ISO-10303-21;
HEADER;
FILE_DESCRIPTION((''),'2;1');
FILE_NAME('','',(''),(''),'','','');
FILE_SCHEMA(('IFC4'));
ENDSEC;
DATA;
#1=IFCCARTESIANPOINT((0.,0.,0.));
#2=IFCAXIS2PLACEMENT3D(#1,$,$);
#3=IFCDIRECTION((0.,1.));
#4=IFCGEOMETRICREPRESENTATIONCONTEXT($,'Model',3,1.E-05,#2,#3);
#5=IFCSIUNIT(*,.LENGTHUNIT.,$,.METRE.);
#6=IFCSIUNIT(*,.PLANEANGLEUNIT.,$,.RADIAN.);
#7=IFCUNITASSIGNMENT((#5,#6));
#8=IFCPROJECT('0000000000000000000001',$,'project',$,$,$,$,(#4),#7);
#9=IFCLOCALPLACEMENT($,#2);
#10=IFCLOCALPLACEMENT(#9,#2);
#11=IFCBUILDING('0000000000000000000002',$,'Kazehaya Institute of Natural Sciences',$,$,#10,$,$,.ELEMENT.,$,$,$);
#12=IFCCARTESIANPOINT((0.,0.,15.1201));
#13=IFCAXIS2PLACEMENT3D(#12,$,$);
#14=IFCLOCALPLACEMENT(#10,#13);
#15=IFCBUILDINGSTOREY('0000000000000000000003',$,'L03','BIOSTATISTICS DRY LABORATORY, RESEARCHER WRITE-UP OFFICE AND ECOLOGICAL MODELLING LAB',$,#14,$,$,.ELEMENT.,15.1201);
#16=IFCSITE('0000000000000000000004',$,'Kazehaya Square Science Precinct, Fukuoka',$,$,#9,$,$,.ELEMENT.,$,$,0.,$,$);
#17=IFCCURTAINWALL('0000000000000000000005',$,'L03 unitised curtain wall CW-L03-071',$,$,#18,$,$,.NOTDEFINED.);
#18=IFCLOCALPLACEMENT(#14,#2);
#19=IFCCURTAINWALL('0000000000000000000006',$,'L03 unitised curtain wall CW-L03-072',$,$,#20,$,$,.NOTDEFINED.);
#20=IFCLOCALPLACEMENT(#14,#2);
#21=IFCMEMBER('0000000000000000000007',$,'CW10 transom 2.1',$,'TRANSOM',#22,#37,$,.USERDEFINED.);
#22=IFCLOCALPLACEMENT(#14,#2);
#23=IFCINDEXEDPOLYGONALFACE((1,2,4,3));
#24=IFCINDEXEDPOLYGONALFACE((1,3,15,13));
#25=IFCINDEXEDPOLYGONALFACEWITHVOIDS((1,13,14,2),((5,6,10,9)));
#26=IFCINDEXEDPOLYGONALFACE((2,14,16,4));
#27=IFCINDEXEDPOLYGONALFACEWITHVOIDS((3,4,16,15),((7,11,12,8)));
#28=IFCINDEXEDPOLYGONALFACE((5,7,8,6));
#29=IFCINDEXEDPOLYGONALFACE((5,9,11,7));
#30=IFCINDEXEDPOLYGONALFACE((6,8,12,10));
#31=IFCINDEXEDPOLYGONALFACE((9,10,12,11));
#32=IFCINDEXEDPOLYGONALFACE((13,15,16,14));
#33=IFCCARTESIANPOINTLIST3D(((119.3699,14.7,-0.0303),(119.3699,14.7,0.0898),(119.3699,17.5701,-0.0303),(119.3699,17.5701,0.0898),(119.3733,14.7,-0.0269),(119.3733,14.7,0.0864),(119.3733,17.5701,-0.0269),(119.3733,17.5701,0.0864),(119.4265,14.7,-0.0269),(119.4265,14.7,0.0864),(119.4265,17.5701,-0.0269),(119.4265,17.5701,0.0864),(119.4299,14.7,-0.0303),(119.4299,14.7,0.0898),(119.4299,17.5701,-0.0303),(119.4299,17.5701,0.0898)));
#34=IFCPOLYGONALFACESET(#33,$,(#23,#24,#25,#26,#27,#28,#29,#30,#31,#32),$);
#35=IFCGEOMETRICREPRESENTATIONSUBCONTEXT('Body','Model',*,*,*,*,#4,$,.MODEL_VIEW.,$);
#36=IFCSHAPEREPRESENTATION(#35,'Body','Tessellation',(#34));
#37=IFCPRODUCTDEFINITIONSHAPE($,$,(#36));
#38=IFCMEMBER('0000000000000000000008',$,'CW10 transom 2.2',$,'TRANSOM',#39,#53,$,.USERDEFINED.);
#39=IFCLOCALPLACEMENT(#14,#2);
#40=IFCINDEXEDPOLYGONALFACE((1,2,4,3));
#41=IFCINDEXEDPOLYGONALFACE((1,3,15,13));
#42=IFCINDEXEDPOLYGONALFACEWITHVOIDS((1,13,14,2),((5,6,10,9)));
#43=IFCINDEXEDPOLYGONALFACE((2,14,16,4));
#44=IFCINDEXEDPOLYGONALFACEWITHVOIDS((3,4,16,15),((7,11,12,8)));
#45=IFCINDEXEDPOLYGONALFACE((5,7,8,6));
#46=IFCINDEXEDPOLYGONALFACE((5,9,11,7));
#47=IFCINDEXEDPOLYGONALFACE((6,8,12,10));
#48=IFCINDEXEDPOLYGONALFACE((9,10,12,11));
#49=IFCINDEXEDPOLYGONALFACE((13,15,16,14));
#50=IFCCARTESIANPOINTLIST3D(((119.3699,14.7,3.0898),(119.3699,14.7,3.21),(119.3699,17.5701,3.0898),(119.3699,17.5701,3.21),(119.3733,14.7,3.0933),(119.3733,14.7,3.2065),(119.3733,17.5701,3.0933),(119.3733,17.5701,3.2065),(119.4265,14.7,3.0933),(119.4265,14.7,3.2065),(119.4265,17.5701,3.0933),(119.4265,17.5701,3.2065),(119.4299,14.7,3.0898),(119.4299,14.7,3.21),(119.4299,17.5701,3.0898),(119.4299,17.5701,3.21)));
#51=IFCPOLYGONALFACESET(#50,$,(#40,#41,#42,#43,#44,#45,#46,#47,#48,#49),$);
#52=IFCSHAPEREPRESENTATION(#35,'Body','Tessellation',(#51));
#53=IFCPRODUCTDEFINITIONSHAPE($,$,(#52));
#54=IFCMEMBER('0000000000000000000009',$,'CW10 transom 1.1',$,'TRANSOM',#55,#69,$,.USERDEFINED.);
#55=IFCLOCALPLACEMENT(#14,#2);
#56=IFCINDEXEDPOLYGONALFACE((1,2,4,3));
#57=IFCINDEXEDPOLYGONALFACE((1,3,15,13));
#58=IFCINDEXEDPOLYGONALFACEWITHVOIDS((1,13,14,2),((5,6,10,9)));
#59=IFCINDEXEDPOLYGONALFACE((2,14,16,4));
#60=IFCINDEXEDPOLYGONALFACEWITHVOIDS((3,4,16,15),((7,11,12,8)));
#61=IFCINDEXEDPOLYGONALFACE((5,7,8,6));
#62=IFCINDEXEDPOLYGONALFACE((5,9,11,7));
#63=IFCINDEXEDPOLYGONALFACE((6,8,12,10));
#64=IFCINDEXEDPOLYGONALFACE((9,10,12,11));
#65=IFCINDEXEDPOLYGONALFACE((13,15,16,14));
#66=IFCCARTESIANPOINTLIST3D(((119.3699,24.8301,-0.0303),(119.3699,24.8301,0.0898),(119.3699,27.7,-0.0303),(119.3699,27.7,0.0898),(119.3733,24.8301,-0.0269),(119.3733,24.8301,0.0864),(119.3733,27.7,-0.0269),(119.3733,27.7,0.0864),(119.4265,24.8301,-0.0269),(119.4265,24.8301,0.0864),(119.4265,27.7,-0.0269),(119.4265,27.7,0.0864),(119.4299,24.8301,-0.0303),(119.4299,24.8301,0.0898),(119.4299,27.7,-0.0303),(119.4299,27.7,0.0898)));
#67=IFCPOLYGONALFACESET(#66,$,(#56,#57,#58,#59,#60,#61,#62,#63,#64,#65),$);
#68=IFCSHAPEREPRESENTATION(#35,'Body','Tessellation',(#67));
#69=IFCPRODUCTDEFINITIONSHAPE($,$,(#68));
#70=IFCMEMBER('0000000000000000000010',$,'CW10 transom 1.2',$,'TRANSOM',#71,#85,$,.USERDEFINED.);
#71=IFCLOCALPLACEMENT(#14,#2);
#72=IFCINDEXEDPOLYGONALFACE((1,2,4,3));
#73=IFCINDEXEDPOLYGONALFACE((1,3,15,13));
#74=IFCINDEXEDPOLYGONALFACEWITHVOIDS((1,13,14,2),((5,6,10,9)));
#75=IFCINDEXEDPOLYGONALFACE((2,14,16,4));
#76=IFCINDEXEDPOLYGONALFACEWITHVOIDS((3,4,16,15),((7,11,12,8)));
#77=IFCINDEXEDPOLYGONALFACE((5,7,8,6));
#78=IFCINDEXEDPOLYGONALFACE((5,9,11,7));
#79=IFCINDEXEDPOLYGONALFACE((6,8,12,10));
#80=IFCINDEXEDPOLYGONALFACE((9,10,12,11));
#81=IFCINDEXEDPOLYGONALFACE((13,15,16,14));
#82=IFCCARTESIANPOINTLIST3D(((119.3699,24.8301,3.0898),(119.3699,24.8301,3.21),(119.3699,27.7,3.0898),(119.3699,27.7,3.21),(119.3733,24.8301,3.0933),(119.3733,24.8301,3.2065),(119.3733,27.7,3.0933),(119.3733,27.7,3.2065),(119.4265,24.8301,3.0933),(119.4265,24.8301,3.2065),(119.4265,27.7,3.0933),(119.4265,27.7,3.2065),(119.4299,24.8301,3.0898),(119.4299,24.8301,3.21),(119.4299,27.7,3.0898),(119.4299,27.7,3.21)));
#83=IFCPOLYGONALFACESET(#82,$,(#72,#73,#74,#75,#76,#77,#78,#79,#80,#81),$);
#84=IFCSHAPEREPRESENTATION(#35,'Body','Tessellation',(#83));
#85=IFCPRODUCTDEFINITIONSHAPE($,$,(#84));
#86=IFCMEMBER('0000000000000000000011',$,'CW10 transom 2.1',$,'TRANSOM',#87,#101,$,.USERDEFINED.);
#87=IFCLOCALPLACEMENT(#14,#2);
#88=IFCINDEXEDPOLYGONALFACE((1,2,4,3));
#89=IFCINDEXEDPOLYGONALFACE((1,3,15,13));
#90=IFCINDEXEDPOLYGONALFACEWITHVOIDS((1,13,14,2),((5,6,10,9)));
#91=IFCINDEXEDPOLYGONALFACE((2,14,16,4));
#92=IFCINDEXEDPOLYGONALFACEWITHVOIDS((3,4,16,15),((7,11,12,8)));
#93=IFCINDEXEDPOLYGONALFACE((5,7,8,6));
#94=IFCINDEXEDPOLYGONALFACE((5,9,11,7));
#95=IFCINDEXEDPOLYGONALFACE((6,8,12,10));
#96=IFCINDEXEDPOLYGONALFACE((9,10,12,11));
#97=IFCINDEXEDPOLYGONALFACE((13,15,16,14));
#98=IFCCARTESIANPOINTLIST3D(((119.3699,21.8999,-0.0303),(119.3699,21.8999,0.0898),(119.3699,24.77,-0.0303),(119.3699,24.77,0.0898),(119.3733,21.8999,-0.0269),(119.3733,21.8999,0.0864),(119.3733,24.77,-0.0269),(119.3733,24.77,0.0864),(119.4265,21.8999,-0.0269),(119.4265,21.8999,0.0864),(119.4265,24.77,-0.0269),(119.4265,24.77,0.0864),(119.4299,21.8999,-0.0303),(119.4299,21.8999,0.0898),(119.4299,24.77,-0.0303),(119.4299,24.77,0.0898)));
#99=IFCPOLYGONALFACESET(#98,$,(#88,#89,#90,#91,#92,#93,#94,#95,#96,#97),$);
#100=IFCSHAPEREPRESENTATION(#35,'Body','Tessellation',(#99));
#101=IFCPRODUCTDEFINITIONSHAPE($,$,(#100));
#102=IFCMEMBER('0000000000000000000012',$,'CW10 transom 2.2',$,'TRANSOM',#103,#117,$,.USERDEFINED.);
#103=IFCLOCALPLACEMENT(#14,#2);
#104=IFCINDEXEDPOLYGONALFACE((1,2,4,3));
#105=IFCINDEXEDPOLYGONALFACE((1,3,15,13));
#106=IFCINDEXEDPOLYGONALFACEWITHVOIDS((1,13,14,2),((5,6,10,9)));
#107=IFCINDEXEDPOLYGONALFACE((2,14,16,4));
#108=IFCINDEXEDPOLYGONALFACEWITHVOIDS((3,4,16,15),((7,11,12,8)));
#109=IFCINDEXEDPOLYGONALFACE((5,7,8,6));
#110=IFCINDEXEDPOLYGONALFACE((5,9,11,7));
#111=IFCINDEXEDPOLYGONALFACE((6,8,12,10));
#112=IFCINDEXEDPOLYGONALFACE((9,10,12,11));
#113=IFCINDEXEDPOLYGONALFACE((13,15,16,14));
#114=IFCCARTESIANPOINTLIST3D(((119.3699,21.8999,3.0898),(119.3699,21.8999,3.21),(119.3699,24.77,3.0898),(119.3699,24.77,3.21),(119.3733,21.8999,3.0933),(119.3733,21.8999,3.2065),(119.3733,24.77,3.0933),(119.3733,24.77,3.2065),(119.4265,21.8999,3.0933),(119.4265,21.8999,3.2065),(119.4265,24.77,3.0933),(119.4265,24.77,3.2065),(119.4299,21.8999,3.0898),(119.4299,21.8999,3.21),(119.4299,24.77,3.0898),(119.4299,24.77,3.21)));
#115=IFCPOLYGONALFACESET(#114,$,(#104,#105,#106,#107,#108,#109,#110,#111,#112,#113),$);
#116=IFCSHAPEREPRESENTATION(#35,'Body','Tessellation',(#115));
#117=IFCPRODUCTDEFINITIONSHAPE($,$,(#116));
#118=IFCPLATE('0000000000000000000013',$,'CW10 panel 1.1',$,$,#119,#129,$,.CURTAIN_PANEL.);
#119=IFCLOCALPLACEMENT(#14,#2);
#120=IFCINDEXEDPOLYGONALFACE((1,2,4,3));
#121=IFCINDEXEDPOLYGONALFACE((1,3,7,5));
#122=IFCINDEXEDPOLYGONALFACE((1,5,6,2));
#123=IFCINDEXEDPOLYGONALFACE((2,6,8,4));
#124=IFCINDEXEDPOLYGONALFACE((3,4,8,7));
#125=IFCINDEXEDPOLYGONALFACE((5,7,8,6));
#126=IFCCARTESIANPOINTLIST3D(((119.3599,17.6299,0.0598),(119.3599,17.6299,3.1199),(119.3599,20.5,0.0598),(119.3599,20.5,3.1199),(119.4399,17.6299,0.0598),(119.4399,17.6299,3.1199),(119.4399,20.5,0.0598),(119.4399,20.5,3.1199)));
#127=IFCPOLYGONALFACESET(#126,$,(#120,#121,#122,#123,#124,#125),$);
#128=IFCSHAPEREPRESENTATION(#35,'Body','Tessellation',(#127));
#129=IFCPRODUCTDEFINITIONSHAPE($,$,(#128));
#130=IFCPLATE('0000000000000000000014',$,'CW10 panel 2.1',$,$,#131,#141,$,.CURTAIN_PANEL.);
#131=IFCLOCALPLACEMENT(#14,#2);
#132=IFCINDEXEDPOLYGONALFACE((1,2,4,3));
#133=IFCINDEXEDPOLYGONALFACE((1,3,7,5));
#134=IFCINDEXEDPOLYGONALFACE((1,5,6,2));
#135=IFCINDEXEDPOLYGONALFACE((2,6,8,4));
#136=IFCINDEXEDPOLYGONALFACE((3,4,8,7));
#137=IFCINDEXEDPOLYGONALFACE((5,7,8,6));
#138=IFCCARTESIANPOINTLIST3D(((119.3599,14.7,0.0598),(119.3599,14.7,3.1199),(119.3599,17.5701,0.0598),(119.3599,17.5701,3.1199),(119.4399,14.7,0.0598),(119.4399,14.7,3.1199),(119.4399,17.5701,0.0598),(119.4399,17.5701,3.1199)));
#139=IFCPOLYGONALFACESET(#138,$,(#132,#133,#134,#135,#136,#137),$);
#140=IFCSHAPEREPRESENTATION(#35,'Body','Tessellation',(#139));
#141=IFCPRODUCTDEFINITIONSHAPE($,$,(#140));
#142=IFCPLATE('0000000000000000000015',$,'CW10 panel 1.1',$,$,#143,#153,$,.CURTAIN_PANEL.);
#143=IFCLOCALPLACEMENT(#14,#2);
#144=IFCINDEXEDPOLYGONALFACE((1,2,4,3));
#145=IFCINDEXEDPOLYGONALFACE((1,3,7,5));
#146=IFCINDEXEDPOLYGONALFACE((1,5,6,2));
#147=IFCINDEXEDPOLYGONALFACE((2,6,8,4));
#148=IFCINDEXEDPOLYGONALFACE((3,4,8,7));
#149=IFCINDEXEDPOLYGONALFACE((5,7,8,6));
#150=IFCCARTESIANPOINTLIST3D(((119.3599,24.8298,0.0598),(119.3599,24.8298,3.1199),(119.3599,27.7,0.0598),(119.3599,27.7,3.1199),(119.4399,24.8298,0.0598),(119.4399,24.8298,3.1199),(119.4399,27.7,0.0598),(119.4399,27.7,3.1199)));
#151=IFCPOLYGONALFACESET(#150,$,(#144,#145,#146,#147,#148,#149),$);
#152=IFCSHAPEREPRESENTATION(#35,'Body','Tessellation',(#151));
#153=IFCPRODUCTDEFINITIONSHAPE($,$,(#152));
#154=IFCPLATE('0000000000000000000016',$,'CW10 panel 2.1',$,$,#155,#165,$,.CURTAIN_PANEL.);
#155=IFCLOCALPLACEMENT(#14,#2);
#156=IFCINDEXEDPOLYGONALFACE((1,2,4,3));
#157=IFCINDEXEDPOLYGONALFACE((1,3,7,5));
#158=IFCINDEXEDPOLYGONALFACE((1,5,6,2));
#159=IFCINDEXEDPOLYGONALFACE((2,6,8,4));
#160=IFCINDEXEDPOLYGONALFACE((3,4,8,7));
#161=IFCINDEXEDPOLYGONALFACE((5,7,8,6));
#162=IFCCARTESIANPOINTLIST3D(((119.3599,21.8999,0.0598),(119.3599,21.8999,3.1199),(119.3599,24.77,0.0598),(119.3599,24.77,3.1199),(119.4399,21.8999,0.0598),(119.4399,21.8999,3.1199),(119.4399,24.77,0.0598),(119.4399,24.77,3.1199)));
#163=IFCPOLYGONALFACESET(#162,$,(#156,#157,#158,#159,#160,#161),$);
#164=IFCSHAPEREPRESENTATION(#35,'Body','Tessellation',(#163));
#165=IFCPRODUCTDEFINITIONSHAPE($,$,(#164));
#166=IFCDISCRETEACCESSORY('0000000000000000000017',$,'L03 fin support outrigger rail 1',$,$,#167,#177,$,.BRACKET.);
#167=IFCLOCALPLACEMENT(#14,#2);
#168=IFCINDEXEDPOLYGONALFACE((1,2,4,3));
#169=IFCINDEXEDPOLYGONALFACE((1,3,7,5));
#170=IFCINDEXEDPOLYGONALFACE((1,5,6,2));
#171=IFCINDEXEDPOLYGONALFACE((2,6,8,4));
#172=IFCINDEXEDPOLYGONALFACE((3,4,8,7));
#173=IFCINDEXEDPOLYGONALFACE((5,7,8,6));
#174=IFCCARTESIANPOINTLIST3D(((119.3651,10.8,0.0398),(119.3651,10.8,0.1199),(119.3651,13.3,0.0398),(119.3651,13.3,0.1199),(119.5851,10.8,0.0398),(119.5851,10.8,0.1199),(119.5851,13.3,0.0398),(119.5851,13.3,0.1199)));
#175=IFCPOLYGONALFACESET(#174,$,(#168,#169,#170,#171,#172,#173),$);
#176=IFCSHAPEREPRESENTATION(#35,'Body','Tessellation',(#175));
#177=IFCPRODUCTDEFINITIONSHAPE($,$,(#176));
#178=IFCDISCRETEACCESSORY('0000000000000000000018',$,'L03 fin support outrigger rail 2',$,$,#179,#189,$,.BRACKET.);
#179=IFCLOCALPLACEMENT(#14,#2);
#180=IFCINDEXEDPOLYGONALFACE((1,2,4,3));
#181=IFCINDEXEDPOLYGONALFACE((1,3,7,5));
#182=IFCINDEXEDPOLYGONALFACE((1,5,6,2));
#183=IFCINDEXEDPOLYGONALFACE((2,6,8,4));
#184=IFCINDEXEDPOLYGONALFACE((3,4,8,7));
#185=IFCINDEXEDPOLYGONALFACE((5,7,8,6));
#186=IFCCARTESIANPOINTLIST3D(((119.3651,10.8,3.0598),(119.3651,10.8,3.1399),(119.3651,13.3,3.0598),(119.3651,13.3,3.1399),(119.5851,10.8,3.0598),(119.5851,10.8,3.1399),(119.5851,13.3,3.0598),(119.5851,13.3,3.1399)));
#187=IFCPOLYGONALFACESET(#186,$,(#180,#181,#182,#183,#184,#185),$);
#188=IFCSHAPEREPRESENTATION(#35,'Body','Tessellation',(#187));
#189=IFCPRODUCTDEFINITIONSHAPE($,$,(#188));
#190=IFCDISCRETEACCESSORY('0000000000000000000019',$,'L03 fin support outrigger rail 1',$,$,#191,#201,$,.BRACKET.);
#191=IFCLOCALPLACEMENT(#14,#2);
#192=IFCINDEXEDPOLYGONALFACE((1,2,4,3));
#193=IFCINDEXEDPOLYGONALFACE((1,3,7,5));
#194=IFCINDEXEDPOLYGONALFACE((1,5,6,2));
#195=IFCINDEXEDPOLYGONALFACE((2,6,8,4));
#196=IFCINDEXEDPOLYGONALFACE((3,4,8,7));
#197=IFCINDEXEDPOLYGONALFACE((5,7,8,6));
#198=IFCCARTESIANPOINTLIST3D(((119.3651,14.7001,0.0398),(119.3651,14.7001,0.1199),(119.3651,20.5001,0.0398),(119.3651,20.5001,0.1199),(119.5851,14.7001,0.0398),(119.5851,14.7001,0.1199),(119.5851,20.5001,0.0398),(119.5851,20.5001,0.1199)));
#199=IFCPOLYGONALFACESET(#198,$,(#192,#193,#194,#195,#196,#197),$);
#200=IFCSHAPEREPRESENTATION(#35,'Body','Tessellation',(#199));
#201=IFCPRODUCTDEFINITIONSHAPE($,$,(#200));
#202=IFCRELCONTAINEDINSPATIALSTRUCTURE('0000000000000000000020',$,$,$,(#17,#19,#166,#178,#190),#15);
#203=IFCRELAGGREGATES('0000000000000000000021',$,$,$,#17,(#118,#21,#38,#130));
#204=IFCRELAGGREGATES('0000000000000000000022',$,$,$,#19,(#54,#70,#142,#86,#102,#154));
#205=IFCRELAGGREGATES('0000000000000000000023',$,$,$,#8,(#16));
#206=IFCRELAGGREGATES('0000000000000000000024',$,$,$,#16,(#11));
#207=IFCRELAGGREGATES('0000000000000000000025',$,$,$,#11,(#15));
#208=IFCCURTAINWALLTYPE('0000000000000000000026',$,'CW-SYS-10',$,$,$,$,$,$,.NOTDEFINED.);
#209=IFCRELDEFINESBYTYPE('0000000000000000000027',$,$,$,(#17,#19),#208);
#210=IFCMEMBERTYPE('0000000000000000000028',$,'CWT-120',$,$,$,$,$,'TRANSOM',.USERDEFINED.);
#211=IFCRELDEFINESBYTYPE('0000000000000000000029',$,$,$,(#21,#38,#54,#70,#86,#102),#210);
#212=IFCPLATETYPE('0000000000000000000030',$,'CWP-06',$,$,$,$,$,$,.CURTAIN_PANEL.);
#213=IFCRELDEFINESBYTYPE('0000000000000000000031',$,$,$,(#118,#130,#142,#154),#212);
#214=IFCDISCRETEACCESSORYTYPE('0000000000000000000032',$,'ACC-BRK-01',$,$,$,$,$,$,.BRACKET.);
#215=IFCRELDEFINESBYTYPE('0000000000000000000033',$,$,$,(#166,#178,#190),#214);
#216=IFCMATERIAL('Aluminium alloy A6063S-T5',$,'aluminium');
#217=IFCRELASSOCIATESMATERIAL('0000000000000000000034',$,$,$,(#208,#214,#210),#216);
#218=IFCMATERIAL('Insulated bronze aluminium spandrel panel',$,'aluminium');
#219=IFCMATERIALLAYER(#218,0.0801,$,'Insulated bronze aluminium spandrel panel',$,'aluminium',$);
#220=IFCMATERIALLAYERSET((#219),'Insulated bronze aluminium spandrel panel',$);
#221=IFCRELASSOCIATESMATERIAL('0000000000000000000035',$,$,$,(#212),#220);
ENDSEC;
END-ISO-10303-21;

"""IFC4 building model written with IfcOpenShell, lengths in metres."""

from ifc_helpers import new_model, si_unit, direction, frame, origin, origin_2d, place, context, subcontext, project, spatial, rectangle, hollow_rectangle, extrude, material, layer, layer_set, material_profile, profile_set, type_object, element, aggregate, save


model = new_model("IFC4")

# Units and contexts
model_context = context("Model", 3, precision=1e-05, world=origin(), true_north=direction((0.0, 1.0)))
body_context = subcontext(model_context, "Body", "Model", "MODEL_VIEW")
ifc_project = project(units=[si_unit("LENGTHUNIT", "METRE"), si_unit("PLANEANGLEUNIT", "RADIAN")], contexts=[model_context])

# Site, building, storey
site_placement = place(None, origin())
site = spatial("IfcSite", under=ifc_project, at=site_placement, Name="Kazehaya Square Science Precinct, Fukuoka", CompositionType="ELEMENT", RefElevation=0.0)
building_placement = place(site_placement, origin())
building = spatial("IfcBuilding", under=site, at=building_placement, Name="Kazehaya Institute of Natural Sciences", CompositionType="ELEMENT")
storey_placement = place(building_placement, frame((0.0, 0.0, 15.1201)))
storey = spatial("IfcBuildingStorey", under=building, at=storey_placement, Name="L03", Description="BIOSTATISTICS DRY LABORATORY, RESEARCHER WRITE-UP OFFICE AND ECOLOGICAL MODELLING LAB", CompositionType="ELEMENT", Elevation=15.1201)

# Curtain walls
ifc_material_1 = material(Name="Aluminium alloy A6063S-T5", Category="aluminium")
curtain_wall_type = type_object("IfcCurtainWallType", Name="CW-SYS-10", PredefinedType="NOTDEFINED", material=ifc_material_1)
curtain_wall_1_placement = place(storey_placement, origin())
curtain_wall_1 = element("IfcCurtainWall", 1, at=curtain_wall_1_placement, inside=storey, type_object=curtain_wall_type, Name="L03 unitised curtain wall CW-L03-071", PredefinedType="NOTDEFINED")
curtain_wall_2_placement = place(storey_placement, origin())
curtain_wall_2 = element("IfcCurtainWall", 2, at=curtain_wall_2_placement, inside=storey, type_object=curtain_wall_type, Name="L03 unitised curtain wall CW-L03-072", PredefinedType="NOTDEFINED")

# Members
ifc_material_profile_1 = material_profile(ifc_material_1, hollow_rectangle(XDim=0.0601, YDim=0.1201, WallThickness=0.0034, at=origin_2d()), Name="ALU-60x120x3.5")
ifc_profile_set_1 = profile_set([ifc_material_profile_1], Name="Aluminium alloy A6063S-T5")
member_type_1 = type_object("IfcMemberType", Name="CWT-120", ElementType="TRANSOM", PredefinedType="USERDEFINED", material=ifc_profile_set_1)
member_1_placement = place(storey_placement, frame((119.3999, 17.5701, 0.0298), z_axis=(0.0, -1.0, 0.0), x_axis=(1.0, 0.0, 0.0)))
member_1 = element("IfcMember", 3, at=member_1_placement, type_object=member_type_1, Name="CW10 transom 2.1", ObjectType="TRANSOM", PredefinedType="USERDEFINED", context=body_context, shape_type="SweptSolid", body=[
    extrude(hollow_rectangle(XDim=0.0601, YDim=0.1201, WallThickness=0.0034, at=origin_2d()), origin(), (0.0, 0.0, 1.0), 2.8701),
])
member_2_placement = place(storey_placement, frame((119.3999, 17.5701, 3.1499), z_axis=(0.0, -1.0, 0.0), x_axis=(1.0, 0.0, 0.0)))
member_2 = element("IfcMember", 4, at=member_2_placement, type_object=member_type_1, Name="CW10 transom 2.2", ObjectType="TRANSOM", PredefinedType="USERDEFINED", context=body_context, shape_type="SweptSolid", body=[
    extrude(hollow_rectangle(XDim=0.0601, YDim=0.1201, WallThickness=0.0034, at=origin_2d()), origin(), (0.0, 0.0, 1.0), 2.8701),
])
member_3_placement = place(storey_placement, frame((119.3999, 27.7, 0.0298), z_axis=(0.0, -1.0, 0.0), x_axis=(1.0, 0.0, 0.0)))
member_3 = element("IfcMember", 5, at=member_3_placement, type_object=member_type_1, Name="CW10 transom 1.1", ObjectType="TRANSOM", PredefinedType="USERDEFINED", context=body_context, shape_type="SweptSolid", body=[
    extrude(hollow_rectangle(XDim=0.0601, YDim=0.1201, WallThickness=0.0034, at=origin_2d()), origin(), (0.0, 0.0, 1.0), 2.8699),
])
member_4_placement = place(storey_placement, frame((119.3999, 27.7, 3.1499), z_axis=(0.0, -1.0, 0.0), x_axis=(1.0, 0.0, 0.0)))
member_4 = element("IfcMember", 6, at=member_4_placement, type_object=member_type_1, Name="CW10 transom 1.2", ObjectType="TRANSOM", PredefinedType="USERDEFINED", context=body_context, shape_type="SweptSolid", body=[
    extrude(hollow_rectangle(XDim=0.0601, YDim=0.1201, WallThickness=0.0034, at=origin_2d()), origin(), (0.0, 0.0, 1.0), 2.8699),
])
member_5_placement = place(storey_placement, frame((119.3999, 24.77, 0.0298), z_axis=(0.0, -1.0, 0.0), x_axis=(1.0, 0.0, 0.0)))
member_5 = element("IfcMember", 7, at=member_5_placement, type_object=member_type_1, Name="CW10 transom 2.1", ObjectType="TRANSOM", PredefinedType="USERDEFINED", context=body_context, shape_type="SweptSolid", body=[
    extrude(hollow_rectangle(XDim=0.0601, YDim=0.1201, WallThickness=0.0034, at=origin_2d()), origin(), (0.0, 0.0, 1.0), 2.8701),
])
member_6_placement = place(storey_placement, frame((119.3999, 24.77, 3.1499), z_axis=(0.0, -1.0, 0.0), x_axis=(1.0, 0.0, 0.0)))
member_6 = element("IfcMember", 8, at=member_6_placement, type_object=member_type_1, Name="CW10 transom 2.2", ObjectType="TRANSOM", PredefinedType="USERDEFINED", context=body_context, shape_type="SweptSolid", body=[
    extrude(hollow_rectangle(XDim=0.0601, YDim=0.1201, WallThickness=0.0034, at=origin_2d()), origin(), (0.0, 0.0, 1.0), 2.8701),
])

# Plates
ifc_material_2 = material(Name="Insulated bronze aluminium spandrel panel", Category="aluminium")
ifc_layer = layer(ifc_material_2, 0.0801, Name="Insulated bronze aluminium spandrel panel", Category="aluminium")
ifc_layer_set = layer_set([ifc_layer], Name="Insulated bronze aluminium spandrel panel")
plate_type = type_object("IfcPlateType", Name="CWP-06", PredefinedType="CURTAIN_PANEL", material=ifc_layer_set)
plate_1_placement = place(storey_placement, frame((119.3999, 19.0649, 0.0598), z_axis=(0.0, 0.0, 1.0), x_axis=(0.0, -1.0, 0.0)))
plate_1 = element("IfcPlate", 9, at=plate_1_placement, type_object=plate_type, Name="CW10 panel 1.1", PredefinedType="CURTAIN_PANEL", context=body_context, shape_type="SweptSolid", body=[
    extrude(rectangle(XDim=2.8701, YDim=0.0801, at=origin_2d()), origin(), (0.0, 0.0, 1.0), 3.0601),
])
plate_2_placement = place(storey_placement, frame((119.3999, 16.135, 0.0598), z_axis=(0.0, 0.0, 1.0), x_axis=(0.0, -1.0, 0.0)))
plate_2 = element("IfcPlate", 10, at=plate_2_placement, type_object=plate_type, Name="CW10 panel 2.1", PredefinedType="CURTAIN_PANEL", context=body_context, shape_type="SweptSolid", body=[
    extrude(rectangle(XDim=2.8701, YDim=0.0801, at=origin_2d()), origin(), (0.0, 0.0, 1.0), 3.0601),
])
aggregate(curtain_wall_1, [plate_1, member_1, member_2, plate_2])
plate_3_placement = place(storey_placement, frame((119.3999, 26.2649, 0.0598), z_axis=(0.0, 0.0, 1.0), x_axis=(0.0, -1.0, 0.0)))
plate_3 = element("IfcPlate", 11, at=plate_3_placement, type_object=plate_type, Name="CW10 panel 1.1", PredefinedType="CURTAIN_PANEL", context=body_context, shape_type="SweptSolid", body=[
    extrude(rectangle(XDim=2.8701, YDim=0.0801, at=origin_2d()), origin(), (0.0, 0.0, 1.0), 3.0601),
])
plate_4_placement = place(storey_placement, frame((119.3999, 23.335, 0.0598), z_axis=(0.0, 0.0, 1.0), x_axis=(0.0, -1.0, 0.0)))
plate_4 = element("IfcPlate", 12, at=plate_4_placement, type_object=plate_type, Name="CW10 panel 2.1", PredefinedType="CURTAIN_PANEL", context=body_context, shape_type="SweptSolid", body=[
    extrude(rectangle(XDim=2.8701, YDim=0.0801, at=origin_2d()), origin(), (0.0, 0.0, 1.0), 3.0601),
])
aggregate(curtain_wall_2, [member_3, member_4, plate_3, member_5, member_6, plate_4])

# Discrete accessories
discrete_accessory_type = type_object("IfcDiscreteAccessoryType", Name="ACC-BRK-01", PredefinedType="BRACKET", material=ifc_material_1)
for number, where, z_axis, x_axis, name in (
    (13, (119.4751, 12.05, 0.0398), (0.0, 0.0, 1.0), (0.0, -1.0, 0.0), "L03 fin support outrigger rail 1"),
    (14, (119.4751, 12.05, 3.0598), (0.0, 0.0, 1.0), (0.0, -1.0, 0.0), "L03 fin support outrigger rail 2"),
):
    element("IfcDiscreteAccessory", number, at=place(storey_placement, frame(where, z_axis=z_axis, x_axis=x_axis)), inside=storey, type_object=discrete_accessory_type, Name=name, PredefinedType="BRACKET", context=body_context, shape_type="SweptSolid", body=[
        extrude(rectangle(XDim=2.5, YDim=0.22, at=origin_2d()), origin(), (0.0, 0.0, 1.0), 0.0801),
    ])
for number, where, z_axis, x_axis, name in (
    (15, (119.4751, 17.6001, 0.0398), (0.0, 0.0, 1.0), (0.0, -1.0, 0.0), "L03 fin support outrigger rail 1"),
):
    element("IfcDiscreteAccessory", number, at=place(storey_placement, frame(where, z_axis=z_axis, x_axis=x_axis)), inside=storey, type_object=discrete_accessory_type, Name=name, PredefinedType="BRACKET", context=body_context, shape_type="SweptSolid", body=[
        extrude(rectangle(XDim=5.8, YDim=0.22, at=origin_2d()), origin(), (0.0, 0.0, 1.0), 0.0801),
    ])

save(model, "model.ifc")
